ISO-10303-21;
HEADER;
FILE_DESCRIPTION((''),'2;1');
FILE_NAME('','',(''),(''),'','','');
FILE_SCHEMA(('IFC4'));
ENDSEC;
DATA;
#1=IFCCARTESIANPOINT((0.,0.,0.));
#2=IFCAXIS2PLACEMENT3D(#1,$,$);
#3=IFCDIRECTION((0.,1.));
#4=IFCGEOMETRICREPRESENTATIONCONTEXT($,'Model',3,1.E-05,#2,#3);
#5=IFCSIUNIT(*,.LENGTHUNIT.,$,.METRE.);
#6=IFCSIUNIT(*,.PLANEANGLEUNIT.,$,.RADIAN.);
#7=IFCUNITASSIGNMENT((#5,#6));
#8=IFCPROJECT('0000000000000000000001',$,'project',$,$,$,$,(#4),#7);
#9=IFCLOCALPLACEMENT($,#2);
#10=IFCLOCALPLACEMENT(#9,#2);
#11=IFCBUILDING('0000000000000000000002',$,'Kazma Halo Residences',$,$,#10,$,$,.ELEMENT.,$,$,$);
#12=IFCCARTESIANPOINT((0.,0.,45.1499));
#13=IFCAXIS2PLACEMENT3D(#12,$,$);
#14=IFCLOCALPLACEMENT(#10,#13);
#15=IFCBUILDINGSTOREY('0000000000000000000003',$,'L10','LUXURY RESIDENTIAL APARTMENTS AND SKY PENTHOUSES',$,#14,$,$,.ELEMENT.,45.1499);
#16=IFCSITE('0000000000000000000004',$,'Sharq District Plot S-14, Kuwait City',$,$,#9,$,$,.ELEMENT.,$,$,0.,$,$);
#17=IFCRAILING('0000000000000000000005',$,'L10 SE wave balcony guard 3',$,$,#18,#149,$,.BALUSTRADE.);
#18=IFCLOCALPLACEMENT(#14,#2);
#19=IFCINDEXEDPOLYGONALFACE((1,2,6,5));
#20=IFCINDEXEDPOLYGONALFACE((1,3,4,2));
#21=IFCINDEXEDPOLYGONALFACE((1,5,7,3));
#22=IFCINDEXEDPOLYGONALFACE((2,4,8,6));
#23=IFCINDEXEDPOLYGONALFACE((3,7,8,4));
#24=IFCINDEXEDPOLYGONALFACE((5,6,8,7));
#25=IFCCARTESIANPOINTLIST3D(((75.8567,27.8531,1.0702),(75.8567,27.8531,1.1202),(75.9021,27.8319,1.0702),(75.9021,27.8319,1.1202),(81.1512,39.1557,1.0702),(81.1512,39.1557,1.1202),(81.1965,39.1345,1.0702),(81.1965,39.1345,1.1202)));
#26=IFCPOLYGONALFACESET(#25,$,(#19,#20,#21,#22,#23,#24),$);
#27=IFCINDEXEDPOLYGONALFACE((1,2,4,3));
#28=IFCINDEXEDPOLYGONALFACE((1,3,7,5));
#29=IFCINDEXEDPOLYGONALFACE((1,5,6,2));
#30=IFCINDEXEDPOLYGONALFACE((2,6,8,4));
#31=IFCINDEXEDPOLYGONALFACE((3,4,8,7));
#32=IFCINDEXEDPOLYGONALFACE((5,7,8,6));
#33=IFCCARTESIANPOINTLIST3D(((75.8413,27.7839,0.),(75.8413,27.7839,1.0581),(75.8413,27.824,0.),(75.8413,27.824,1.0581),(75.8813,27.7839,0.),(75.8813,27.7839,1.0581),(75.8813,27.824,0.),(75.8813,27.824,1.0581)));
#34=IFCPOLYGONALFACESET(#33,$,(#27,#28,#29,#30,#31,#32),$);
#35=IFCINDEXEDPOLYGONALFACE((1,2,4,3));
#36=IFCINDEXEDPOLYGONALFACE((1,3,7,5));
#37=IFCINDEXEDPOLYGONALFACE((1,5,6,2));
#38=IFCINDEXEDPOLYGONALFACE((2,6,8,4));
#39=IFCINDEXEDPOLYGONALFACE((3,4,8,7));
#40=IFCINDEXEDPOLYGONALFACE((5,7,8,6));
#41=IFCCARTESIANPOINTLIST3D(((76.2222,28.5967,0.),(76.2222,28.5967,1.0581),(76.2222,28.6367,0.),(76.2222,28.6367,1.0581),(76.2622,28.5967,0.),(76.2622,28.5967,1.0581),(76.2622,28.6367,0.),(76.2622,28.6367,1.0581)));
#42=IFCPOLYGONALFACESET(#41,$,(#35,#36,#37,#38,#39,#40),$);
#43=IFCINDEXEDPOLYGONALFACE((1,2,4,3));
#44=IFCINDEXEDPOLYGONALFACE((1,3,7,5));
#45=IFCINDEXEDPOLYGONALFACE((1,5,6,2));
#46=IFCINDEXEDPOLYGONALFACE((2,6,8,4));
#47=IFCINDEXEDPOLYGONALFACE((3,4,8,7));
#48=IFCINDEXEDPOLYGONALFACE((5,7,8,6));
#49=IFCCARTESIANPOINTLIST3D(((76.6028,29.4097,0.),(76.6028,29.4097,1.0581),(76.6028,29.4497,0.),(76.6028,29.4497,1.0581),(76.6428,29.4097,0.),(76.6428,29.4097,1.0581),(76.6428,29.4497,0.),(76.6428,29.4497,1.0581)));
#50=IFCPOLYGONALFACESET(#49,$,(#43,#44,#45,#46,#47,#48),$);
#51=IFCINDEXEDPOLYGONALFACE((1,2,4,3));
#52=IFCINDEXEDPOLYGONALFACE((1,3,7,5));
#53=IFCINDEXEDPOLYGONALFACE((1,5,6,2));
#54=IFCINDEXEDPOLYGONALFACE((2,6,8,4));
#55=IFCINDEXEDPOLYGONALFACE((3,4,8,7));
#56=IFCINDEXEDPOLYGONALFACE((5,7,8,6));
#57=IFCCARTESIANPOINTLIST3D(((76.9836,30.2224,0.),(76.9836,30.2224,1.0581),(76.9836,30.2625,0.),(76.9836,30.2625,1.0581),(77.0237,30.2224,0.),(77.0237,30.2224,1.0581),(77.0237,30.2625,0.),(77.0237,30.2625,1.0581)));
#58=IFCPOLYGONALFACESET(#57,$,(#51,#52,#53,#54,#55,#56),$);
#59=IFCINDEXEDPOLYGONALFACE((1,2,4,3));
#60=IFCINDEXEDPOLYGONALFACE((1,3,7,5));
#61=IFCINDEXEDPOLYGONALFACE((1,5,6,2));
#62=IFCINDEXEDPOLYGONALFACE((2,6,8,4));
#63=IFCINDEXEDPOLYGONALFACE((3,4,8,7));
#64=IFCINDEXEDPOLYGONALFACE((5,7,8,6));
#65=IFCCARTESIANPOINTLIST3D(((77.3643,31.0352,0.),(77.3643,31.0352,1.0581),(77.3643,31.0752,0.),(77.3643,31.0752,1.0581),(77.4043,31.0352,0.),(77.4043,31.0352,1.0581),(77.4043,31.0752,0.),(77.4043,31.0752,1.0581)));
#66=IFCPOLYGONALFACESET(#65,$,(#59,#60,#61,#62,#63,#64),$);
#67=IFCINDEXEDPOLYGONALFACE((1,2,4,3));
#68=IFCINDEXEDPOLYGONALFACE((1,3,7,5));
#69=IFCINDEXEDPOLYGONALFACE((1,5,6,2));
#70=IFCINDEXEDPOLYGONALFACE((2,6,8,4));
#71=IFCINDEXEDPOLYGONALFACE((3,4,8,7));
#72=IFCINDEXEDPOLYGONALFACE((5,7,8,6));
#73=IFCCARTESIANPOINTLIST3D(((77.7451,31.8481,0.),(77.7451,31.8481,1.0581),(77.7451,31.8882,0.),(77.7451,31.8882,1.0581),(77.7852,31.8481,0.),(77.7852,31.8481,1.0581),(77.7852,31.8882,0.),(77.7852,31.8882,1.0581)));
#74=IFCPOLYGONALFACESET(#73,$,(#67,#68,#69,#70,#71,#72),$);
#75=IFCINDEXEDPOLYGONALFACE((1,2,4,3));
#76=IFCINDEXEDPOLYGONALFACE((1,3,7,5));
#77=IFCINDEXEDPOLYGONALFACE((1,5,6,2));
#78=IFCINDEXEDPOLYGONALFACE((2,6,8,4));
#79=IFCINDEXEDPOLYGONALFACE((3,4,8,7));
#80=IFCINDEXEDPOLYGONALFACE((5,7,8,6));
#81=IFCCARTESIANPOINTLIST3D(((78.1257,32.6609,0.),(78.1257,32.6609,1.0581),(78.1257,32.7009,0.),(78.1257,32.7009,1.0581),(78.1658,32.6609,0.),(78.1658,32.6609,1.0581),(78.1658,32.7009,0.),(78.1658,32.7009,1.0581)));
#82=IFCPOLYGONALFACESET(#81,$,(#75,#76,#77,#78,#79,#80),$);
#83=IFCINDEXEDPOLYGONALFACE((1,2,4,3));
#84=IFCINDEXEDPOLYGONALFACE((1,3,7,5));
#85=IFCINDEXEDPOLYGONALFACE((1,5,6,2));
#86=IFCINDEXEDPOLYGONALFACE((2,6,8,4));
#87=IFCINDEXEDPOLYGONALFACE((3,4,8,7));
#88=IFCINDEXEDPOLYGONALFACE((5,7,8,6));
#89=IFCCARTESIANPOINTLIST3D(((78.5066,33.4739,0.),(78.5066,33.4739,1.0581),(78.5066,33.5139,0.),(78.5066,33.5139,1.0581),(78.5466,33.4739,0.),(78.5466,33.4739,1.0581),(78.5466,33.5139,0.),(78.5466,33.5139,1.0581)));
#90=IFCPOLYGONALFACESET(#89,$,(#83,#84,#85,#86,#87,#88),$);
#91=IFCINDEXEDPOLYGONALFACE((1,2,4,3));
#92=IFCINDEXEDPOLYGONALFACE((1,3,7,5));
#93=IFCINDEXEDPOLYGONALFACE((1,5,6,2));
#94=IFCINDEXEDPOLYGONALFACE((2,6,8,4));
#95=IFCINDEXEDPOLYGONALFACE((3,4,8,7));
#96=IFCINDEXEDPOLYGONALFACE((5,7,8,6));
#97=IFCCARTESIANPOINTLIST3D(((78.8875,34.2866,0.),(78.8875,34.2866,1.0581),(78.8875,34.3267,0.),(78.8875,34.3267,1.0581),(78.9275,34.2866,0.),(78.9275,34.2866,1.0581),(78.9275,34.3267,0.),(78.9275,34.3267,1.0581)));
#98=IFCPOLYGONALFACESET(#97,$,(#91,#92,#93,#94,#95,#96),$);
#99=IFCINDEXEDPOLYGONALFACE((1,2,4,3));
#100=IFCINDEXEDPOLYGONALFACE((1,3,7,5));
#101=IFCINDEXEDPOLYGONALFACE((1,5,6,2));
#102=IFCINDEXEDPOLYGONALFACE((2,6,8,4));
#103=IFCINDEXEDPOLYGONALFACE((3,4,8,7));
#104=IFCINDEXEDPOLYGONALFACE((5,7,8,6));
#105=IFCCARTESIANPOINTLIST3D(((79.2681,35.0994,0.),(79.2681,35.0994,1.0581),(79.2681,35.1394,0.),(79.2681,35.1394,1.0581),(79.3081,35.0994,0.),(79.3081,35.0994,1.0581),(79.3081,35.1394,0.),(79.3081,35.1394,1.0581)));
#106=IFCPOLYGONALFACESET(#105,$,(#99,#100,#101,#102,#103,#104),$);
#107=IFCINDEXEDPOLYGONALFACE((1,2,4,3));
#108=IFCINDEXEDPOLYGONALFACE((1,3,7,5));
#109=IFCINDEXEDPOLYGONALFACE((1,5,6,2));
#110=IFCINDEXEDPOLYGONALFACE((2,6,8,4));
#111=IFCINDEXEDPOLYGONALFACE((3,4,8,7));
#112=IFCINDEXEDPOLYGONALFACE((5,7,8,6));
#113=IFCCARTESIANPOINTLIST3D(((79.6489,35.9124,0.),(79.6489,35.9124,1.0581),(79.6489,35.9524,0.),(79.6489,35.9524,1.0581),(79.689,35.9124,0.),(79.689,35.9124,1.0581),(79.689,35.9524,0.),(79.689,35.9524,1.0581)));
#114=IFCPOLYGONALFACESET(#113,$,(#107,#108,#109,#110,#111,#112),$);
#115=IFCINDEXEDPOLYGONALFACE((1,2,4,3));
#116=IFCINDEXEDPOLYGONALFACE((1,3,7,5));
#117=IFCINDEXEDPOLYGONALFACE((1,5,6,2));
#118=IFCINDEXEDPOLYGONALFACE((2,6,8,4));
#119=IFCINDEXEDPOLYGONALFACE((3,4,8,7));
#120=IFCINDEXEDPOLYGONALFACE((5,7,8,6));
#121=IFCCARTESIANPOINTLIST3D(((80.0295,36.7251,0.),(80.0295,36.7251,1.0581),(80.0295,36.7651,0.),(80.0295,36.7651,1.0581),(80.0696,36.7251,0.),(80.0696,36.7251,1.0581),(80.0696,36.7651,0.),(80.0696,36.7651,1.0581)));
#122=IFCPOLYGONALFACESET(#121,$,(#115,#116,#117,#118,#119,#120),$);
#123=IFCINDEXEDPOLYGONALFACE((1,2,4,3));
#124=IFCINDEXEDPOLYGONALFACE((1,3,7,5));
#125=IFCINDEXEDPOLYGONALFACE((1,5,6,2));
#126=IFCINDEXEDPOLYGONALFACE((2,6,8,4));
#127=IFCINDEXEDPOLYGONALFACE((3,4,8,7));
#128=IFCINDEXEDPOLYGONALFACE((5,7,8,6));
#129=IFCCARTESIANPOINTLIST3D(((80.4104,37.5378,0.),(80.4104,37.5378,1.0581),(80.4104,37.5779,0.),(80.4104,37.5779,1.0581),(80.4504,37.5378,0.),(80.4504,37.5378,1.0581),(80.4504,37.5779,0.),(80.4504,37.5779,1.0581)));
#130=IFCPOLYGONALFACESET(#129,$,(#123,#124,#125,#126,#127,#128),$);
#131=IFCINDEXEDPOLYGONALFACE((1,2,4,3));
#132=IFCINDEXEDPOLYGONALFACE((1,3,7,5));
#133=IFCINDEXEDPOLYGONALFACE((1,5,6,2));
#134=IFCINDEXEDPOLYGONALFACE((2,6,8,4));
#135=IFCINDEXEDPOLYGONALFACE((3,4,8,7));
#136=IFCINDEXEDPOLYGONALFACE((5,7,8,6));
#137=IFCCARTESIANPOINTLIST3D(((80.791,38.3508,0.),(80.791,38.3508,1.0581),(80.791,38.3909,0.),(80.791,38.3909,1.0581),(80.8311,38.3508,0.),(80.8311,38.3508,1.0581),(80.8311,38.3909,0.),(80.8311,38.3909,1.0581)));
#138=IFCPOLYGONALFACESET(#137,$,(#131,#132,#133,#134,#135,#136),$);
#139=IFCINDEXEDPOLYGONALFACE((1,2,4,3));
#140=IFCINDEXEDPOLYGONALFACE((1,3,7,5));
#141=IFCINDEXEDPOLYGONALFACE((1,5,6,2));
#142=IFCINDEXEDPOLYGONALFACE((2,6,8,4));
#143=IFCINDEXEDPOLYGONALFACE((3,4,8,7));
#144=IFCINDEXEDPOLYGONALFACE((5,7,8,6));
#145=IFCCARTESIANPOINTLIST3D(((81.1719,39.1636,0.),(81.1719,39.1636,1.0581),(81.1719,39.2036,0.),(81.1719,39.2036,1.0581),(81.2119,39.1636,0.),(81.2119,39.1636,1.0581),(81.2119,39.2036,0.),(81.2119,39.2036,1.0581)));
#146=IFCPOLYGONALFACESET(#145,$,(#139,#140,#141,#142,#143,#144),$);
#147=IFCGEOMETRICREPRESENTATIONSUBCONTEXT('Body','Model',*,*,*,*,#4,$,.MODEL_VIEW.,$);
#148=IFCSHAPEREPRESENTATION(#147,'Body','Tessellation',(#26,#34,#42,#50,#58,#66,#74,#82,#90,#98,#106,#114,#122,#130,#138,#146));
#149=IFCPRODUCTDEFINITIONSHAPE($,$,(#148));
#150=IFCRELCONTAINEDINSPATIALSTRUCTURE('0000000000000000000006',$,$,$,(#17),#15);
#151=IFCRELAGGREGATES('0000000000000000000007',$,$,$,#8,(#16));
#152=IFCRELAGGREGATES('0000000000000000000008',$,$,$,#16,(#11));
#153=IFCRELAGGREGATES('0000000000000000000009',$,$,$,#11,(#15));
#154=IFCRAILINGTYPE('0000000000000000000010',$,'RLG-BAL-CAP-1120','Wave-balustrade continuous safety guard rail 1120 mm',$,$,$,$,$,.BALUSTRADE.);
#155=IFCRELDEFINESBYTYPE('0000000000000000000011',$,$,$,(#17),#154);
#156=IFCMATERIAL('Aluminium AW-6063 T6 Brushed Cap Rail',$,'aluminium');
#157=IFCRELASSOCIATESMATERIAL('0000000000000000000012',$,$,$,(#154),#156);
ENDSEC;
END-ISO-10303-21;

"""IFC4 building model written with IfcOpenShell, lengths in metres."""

from ifc_helpers import new_model, si_unit, direction, frame, origin, origin_2d, place, context, subcontext, project, spatial, rectangle, extrude, material, type_object, element, save


model = new_model("IFC4")

# Units and contexts
model_context = context("Model", 3, precision=1e-05, world=origin(), true_north=direction((0.0, 1.0)))
body_context = subcontext(model_context, "Body", "Model", "MODEL_VIEW")
ifc_project = project(units=[si_unit("LENGTHUNIT", "METRE"), si_unit("PLANEANGLEUNIT", "RADIAN")], contexts=[model_context])

# Site, building, storey
site_placement = place(None, origin())
site = spatial("IfcSite", under=ifc_project, at=site_placement, Name="Sharq District Plot S-14, Kuwait City", CompositionType="ELEMENT", RefElevation=0.0)
building_placement = place(site_placement, origin())
building = spatial("IfcBuilding", under=site, at=building_placement, Name="Kazma Halo Residences", CompositionType="ELEMENT")
storey_placement = place(building_placement, frame((0.0, 0.0, 45.1499)))
storey = spatial("IfcBuildingStorey", under=building, at=storey_placement, Name="L10", Description="LUXURY RESIDENTIAL APARTMENTS AND SKY PENTHOUSES", CompositionType="ELEMENT", Elevation=45.1499)

# Railing
ifc_material_1 = material(Name="Aluminium AW-6063 T6 Brushed Cap Rail", Category="aluminium")
railing_type = type_object("IfcRailingType", Name="RLG-BAL-CAP-1120", Description="Wave-balustrade continuous safety guard rail 1120 mm", PredefinedType="BALUSTRADE", material=ifc_material_1)
railing_1_placement = place(storey_placement, frame((75.8613, 27.804, 0.0)))
element("IfcRailing", 1, at=railing_1_placement, inside=storey, type_object=railing_type, Name="L10 SE wave balcony guard 3", PredefinedType="BALUSTRADE", context=body_context, shape_type="SweptSolid", body=[
    extrude(rectangle(XDim=0.05, YDim=0.05, at=origin_2d()), frame((0.0181, 0.0386, 1.0952), z_axis=(0.424196, 0.90557, 0.0), x_axis=(-0.90557, 0.424196, 0.0)), (0.0, 0.0, 1.0), 12.4812),
    extrude(rectangle(XDim=0.04, YDim=0.04, at=origin_2d()), origin(), (0.0, 0.0, 1.0), 1.0581),
    extrude(rectangle(XDim=0.04, YDim=0.04, at=origin_2d()), frame((0.3809, 0.8127, 0.0)), (0.0, 0.0, 1.0), 1.0581),
    extrude(rectangle(XDim=0.04, YDim=0.04, at=origin_2d()), frame((0.7615, 1.6257, 0.0)), (0.0, 0.0, 1.0), 1.0581),
    extrude(rectangle(XDim=0.04, YDim=0.04, at=origin_2d()), frame((1.1423, 2.4385, 0.0)), (0.0, 0.0, 1.0), 1.0581),
    extrude(rectangle(XDim=0.04, YDim=0.04, at=origin_2d()), frame((1.5229, 3.2512, 0.0)), (0.0, 0.0, 1.0), 1.0581),
    extrude(rectangle(XDim=0.04, YDim=0.04, at=origin_2d()), frame((1.9038, 4.0642, 0.0)), (0.0, 0.0, 1.0), 1.0581),
    extrude(rectangle(XDim=0.04, YDim=0.04, at=origin_2d()), frame((2.2844, 4.877, 0.0)), (0.0, 0.0, 1.0), 1.0581),
    extrude(rectangle(XDim=0.04, YDim=0.04, at=origin_2d()), frame((2.6653, 5.6899, 0.0)), (0.0, 0.0, 1.0), 1.0581),
    extrude(rectangle(XDim=0.04, YDim=0.04, at=origin_2d()), frame((3.0461, 6.5027, 0.0)), (0.0, 0.0, 1.0), 1.0581),
    extrude(rectangle(XDim=0.04, YDim=0.04, at=origin_2d()), frame((3.4268, 7.3154, 0.0)), (0.0, 0.0, 1.0), 1.0581),
    extrude(rectangle(XDim=0.04, YDim=0.04, at=origin_2d()), frame((3.8076, 8.1284, 0.0)), (0.0, 0.0, 1.0), 1.0581),
    extrude(rectangle(XDim=0.04, YDim=0.04, at=origin_2d()), frame((4.1882, 8.9412, 0.0)), (0.0, 0.0, 1.0), 1.0581),
    extrude(rectangle(XDim=0.04, YDim=0.04, at=origin_2d()), frame((4.5691, 9.7539, 0.0)), (0.0, 0.0, 1.0), 1.0581),
    extrude(rectangle(XDim=0.04, YDim=0.04, at=origin_2d()), frame((4.9497, 10.5669, 0.0)), (0.0, 0.0, 1.0), 1.0581),
    extrude(rectangle(XDim=0.04, YDim=0.04, at=origin_2d()), frame((5.3306, 11.3796, 0.0)), (0.0, 0.0, 1.0), 1.0581),
])

save(model, "model.ifc")
